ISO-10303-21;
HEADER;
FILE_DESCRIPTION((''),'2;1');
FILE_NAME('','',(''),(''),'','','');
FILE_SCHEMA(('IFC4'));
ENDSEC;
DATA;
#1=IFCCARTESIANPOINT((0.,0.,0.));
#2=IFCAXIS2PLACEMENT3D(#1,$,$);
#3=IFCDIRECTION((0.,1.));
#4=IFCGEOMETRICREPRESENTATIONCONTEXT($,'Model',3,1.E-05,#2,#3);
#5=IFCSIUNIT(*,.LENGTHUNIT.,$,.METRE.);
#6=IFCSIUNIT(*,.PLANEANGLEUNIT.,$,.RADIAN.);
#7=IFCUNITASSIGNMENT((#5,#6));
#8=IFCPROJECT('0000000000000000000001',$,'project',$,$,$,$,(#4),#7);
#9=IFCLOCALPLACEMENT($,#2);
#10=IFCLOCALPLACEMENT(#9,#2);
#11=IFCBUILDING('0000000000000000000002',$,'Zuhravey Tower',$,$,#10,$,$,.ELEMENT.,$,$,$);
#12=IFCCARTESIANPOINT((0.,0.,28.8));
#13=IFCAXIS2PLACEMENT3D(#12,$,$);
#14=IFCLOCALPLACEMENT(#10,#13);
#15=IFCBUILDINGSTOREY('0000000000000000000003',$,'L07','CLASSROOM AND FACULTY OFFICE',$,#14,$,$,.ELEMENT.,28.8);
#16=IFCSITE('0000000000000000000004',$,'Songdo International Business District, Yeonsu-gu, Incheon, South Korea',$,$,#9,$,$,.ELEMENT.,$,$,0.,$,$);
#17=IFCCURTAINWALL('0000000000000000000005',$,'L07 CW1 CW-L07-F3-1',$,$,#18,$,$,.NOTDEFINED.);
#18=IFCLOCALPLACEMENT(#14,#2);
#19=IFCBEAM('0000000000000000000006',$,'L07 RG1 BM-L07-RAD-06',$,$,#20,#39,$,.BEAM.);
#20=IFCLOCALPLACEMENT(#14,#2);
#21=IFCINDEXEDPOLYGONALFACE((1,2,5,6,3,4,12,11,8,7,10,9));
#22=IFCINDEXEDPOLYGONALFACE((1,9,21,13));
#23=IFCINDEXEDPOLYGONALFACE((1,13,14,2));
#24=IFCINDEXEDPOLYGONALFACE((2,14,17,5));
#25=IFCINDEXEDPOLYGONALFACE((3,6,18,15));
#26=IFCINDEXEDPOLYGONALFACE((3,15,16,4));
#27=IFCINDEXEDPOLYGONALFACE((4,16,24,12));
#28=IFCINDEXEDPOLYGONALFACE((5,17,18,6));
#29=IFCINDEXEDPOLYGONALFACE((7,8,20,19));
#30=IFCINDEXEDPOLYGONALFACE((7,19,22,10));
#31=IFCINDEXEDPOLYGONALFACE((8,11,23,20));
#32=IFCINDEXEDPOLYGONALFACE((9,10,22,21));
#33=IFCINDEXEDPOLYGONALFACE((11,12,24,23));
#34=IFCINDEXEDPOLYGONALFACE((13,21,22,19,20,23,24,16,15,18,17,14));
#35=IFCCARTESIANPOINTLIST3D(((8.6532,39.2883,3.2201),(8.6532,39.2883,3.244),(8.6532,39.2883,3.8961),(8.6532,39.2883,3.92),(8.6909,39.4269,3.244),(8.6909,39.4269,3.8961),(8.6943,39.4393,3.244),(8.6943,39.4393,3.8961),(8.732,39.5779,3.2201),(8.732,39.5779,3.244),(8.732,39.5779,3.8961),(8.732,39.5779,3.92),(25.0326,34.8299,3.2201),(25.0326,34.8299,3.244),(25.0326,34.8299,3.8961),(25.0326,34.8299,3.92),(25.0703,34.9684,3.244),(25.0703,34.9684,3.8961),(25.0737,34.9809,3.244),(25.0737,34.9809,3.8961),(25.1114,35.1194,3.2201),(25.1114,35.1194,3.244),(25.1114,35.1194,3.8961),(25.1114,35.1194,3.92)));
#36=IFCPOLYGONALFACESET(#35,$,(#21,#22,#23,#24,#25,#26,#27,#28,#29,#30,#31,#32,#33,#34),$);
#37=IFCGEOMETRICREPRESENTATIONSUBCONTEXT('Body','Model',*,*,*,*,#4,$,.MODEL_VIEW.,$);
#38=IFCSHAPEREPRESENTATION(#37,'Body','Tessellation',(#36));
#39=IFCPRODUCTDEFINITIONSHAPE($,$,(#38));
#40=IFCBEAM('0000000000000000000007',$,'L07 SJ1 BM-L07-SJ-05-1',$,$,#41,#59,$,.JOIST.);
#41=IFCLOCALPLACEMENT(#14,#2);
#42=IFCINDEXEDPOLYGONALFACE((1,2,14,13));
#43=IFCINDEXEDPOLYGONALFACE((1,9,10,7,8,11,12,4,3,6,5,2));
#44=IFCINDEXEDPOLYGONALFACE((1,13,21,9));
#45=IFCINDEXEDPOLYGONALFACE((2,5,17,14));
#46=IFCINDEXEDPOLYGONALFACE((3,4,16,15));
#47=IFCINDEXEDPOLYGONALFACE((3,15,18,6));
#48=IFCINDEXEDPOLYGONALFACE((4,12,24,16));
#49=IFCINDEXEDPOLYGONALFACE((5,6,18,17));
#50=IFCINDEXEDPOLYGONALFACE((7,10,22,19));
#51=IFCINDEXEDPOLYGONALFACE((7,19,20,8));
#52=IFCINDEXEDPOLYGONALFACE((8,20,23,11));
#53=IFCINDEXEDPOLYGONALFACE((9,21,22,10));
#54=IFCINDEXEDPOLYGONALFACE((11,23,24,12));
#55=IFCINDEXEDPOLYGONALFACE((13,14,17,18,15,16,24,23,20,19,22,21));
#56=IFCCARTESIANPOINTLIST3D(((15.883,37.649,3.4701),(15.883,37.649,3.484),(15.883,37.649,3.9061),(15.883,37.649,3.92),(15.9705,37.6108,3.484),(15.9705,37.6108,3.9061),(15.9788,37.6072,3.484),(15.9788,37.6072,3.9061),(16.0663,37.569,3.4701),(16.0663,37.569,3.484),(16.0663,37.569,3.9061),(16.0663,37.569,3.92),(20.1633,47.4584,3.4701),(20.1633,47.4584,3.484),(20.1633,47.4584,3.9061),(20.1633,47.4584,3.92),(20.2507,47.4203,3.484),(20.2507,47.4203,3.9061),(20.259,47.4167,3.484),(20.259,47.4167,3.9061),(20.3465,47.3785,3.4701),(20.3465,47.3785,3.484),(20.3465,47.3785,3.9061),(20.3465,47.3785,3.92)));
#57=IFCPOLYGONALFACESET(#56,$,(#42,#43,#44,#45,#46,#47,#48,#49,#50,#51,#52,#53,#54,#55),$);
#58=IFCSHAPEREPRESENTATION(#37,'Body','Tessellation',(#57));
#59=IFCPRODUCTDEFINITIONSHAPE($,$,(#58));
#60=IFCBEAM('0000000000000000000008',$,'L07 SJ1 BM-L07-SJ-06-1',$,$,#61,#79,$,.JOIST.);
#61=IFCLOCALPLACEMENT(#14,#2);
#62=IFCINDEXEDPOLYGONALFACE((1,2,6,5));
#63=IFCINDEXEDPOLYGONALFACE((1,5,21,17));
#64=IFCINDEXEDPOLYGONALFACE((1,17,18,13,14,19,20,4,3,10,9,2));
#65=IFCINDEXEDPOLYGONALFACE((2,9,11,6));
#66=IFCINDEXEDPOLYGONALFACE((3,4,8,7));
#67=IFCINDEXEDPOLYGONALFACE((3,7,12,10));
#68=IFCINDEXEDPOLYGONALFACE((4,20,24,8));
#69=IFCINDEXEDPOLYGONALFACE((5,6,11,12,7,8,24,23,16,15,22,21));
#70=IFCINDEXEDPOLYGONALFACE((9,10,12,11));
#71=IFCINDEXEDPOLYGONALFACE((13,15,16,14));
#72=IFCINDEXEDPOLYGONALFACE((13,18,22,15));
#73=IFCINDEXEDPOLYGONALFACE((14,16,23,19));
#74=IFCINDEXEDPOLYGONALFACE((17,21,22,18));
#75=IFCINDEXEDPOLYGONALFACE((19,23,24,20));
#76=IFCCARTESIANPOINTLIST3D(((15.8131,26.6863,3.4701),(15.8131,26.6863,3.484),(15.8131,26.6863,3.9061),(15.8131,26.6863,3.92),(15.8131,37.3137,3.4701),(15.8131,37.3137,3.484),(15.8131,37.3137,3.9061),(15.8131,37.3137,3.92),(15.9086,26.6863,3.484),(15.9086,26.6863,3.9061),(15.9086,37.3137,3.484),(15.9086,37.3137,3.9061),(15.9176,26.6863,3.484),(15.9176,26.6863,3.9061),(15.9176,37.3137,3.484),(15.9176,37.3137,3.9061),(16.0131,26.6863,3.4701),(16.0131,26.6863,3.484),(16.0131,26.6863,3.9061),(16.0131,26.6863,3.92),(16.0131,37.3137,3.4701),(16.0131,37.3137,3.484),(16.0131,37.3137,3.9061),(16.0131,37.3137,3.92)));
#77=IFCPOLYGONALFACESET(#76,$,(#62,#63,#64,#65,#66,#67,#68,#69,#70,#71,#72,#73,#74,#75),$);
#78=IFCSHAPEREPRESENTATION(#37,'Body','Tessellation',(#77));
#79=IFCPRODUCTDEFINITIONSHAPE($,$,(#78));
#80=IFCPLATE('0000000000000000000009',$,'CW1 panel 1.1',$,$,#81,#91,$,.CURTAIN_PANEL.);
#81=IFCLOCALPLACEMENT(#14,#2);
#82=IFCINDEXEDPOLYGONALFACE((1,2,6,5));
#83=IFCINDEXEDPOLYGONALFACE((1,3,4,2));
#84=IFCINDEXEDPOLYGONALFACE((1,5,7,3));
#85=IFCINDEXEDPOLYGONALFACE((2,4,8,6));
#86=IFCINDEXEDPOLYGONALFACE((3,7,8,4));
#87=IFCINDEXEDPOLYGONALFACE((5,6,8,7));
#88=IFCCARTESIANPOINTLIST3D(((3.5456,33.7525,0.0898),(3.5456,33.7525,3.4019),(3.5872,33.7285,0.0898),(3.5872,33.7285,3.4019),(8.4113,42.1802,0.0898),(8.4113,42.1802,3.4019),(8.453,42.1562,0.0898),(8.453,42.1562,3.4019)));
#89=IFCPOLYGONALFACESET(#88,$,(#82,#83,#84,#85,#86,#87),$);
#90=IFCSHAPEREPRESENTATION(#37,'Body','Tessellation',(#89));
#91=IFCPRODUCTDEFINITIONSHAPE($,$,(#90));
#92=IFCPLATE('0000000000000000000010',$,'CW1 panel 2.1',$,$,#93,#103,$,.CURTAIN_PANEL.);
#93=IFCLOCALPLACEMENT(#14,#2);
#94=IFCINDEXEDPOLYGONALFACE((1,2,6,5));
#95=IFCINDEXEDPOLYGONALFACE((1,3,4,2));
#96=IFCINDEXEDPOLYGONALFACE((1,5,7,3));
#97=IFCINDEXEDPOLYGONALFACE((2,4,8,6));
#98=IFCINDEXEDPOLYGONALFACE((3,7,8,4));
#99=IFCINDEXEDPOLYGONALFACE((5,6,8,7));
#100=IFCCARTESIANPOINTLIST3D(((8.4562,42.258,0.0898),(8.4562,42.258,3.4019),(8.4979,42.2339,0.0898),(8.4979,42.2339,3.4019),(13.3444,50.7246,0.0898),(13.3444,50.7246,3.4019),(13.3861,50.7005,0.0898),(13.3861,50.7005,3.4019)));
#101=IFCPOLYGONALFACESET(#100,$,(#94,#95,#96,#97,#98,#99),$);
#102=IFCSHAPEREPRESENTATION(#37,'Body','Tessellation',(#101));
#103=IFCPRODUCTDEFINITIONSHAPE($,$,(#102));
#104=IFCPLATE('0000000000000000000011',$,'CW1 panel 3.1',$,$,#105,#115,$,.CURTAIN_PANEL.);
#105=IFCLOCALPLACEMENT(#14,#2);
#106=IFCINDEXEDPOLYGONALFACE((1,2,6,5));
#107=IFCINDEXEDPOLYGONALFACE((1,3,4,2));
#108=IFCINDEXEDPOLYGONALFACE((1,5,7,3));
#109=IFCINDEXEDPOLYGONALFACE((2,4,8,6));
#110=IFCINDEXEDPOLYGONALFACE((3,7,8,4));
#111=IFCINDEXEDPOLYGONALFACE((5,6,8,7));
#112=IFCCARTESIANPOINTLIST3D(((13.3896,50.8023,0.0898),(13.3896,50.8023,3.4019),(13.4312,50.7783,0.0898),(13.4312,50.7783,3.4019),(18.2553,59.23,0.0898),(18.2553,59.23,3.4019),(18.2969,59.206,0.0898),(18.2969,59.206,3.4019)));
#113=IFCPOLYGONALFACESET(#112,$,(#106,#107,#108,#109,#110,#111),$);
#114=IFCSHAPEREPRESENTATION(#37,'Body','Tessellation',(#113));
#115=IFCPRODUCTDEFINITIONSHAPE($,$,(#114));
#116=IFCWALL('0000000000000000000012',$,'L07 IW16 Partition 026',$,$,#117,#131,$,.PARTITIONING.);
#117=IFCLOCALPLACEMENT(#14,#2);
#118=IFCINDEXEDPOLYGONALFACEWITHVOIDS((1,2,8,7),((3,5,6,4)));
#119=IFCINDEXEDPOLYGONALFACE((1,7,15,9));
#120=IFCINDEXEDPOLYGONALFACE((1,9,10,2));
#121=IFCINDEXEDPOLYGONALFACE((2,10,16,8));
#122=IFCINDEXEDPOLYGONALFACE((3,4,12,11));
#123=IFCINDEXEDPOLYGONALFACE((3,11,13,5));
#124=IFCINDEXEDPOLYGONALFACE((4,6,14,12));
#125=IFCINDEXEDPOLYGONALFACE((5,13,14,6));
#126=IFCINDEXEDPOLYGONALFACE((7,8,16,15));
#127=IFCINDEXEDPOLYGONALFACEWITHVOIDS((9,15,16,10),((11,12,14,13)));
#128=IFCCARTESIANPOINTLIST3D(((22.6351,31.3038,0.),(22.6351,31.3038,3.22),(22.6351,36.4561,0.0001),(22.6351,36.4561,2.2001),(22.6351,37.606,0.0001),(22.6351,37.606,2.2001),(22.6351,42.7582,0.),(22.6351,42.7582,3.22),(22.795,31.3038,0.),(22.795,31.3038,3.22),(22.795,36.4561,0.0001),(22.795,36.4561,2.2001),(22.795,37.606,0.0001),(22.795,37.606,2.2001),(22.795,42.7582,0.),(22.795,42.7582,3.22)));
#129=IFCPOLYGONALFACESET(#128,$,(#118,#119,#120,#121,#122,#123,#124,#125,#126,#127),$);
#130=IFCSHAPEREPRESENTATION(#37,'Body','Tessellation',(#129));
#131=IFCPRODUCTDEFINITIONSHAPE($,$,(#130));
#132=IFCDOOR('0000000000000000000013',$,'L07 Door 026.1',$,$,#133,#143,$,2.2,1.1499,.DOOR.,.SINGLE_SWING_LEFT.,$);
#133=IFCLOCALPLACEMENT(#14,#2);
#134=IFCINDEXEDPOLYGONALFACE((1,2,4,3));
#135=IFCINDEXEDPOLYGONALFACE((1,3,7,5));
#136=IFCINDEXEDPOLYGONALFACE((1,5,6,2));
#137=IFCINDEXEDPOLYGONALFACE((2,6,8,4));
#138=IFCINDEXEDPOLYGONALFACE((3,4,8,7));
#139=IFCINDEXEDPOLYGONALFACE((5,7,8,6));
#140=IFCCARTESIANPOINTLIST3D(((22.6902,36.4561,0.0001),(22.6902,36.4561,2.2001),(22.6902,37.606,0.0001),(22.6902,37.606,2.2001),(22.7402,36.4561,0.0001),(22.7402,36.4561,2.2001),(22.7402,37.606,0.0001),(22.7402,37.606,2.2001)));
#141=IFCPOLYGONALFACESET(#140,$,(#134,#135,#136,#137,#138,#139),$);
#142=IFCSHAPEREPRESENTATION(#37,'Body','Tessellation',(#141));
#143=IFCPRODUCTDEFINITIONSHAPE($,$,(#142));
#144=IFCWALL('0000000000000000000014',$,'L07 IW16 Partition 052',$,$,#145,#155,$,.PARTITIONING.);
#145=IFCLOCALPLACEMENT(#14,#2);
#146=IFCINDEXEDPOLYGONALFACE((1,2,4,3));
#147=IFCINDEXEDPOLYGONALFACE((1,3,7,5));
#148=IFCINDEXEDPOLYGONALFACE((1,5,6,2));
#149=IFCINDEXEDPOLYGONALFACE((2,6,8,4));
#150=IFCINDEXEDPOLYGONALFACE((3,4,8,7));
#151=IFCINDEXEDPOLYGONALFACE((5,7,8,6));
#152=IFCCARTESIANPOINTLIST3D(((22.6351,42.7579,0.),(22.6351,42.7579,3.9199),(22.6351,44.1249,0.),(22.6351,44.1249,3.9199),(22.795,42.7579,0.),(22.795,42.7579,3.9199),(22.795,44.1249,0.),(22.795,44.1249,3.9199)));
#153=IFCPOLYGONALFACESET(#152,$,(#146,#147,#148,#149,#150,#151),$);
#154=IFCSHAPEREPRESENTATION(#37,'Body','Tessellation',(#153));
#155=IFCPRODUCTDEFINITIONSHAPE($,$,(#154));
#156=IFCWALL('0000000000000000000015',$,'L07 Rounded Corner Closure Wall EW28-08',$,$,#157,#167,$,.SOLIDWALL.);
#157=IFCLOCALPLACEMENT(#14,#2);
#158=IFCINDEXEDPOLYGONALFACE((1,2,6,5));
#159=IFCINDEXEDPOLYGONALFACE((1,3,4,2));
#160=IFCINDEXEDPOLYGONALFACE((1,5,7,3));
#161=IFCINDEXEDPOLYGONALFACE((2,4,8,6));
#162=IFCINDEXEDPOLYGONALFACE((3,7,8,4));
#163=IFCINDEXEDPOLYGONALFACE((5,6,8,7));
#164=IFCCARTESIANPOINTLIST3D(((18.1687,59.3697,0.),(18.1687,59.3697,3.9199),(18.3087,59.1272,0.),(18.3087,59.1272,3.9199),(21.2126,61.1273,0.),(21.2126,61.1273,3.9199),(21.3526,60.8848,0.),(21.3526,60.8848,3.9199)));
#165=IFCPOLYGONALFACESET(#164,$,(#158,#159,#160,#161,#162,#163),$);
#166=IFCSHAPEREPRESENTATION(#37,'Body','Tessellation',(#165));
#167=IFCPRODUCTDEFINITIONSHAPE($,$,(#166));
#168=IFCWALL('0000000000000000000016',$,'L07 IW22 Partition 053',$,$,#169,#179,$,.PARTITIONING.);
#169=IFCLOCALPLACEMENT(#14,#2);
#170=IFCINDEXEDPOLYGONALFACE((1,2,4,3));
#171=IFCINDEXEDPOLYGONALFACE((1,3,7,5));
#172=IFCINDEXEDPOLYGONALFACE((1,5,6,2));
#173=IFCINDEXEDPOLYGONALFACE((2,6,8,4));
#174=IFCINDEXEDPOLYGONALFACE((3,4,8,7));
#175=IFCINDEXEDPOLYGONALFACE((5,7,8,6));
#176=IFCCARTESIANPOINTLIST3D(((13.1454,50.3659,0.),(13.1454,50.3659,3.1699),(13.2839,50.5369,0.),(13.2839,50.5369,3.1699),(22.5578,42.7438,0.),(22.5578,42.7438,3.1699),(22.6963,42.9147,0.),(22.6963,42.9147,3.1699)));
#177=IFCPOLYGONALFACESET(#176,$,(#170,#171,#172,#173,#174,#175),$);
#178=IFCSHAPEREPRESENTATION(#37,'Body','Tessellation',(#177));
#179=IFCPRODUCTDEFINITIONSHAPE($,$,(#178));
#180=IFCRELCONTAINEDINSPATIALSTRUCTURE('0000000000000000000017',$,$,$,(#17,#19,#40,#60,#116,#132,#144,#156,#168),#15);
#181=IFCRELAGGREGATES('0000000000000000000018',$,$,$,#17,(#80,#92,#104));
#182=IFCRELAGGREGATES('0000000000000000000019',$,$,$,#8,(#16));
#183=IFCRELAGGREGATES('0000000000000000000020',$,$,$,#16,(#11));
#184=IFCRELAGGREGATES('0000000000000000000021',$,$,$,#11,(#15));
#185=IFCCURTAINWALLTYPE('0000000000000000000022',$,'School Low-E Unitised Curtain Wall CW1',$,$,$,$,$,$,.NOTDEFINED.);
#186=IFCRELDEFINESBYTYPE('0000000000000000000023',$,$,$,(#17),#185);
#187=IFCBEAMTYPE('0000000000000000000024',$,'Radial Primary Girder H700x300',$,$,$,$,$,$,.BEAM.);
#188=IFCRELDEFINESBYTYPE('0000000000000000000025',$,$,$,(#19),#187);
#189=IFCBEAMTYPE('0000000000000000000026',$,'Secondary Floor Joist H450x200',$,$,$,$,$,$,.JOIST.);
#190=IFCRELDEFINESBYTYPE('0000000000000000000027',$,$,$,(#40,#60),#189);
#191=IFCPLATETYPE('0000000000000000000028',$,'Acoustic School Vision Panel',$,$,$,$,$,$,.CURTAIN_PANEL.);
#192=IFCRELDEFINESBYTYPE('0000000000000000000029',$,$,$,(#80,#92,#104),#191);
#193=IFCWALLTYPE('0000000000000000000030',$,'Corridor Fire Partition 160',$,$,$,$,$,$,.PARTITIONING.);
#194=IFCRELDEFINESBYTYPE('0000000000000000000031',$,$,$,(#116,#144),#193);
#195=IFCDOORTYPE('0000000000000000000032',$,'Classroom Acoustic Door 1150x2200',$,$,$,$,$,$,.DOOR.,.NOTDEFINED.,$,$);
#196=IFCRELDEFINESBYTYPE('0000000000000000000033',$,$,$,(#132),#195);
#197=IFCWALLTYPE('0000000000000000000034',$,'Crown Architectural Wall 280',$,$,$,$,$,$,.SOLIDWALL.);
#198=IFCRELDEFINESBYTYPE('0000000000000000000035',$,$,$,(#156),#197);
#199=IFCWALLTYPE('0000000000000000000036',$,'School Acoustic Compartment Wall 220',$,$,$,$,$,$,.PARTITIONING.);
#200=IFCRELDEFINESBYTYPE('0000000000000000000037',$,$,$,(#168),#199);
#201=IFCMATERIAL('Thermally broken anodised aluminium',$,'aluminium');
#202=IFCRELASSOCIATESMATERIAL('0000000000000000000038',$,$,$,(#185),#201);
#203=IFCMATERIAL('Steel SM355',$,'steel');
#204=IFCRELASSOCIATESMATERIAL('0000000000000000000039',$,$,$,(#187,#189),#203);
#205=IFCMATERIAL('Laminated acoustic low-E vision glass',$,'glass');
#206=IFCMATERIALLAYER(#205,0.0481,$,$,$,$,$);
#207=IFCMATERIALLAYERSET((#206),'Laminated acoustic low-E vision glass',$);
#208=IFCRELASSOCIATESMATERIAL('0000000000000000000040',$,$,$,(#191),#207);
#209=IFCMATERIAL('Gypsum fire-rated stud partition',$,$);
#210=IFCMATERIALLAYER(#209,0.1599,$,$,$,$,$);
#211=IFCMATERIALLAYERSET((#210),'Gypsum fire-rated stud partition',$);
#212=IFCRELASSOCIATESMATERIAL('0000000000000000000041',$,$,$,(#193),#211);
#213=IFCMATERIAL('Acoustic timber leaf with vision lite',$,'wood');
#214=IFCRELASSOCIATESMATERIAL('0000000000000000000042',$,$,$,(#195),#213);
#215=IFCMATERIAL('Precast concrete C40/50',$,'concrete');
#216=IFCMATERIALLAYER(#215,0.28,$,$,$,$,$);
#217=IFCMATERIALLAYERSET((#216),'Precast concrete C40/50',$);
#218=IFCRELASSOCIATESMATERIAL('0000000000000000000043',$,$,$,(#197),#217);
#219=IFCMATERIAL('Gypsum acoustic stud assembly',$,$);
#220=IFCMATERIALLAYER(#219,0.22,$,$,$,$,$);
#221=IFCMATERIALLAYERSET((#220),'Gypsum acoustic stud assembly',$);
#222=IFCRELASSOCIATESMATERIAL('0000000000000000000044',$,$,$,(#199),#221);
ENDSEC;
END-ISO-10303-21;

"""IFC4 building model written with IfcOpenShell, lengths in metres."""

from ifc_helpers import new_model, si_unit, direction, frame, frame_2d, origin, origin_2d, place, context, subcontext, project, spatial, rectangle, i_section, extrude, material, layer, layer_set, material_profile, profile_set, type_object, element, fill, aggregate, save


model = new_model("IFC4")

# Units and contexts
model_context = context("Model", 3, precision=1e-05, world=origin(), true_north=direction((0.0, 1.0)))
body_context = subcontext(model_context, "Body", "Model", "MODEL_VIEW")
ifc_project = project(units=[si_unit("LENGTHUNIT", "METRE"), si_unit("PLANEANGLEUNIT", "RADIAN")], contexts=[model_context])

# Site, building, storey
site_placement = place(None, origin())
site = spatial("IfcSite", under=ifc_project, at=site_placement, Name="Songdo International Business District, Yeonsu-gu, Incheon, South Korea", CompositionType="ELEMENT", RefElevation=0.0)
building_placement = place(site_placement, origin())
building = spatial("IfcBuilding", under=site, at=building_placement, Name="Zuhravey Tower", CompositionType="ELEMENT")
storey_placement = place(building_placement, frame((0.0, 0.0, 28.8)))
storey = spatial("IfcBuildingStorey", under=building, at=storey_placement, Name="L07", Description="CLASSROOM AND FACULTY OFFICE", CompositionType="ELEMENT", Elevation=28.8)

# Curtain wall
ifc_material_1 = material(Name="Thermally broken anodised aluminium", Category="aluminium")
curtain_wall_type = type_object("IfcCurtainWallType", Name="School Low-E Unitised Curtain Wall CW1", PredefinedType="NOTDEFINED", material=ifc_material_1)
curtain_wall_1_placement = place(storey_placement, origin())
curtain_wall_1 = element("IfcCurtainWall", 1, at=curtain_wall_1_placement, inside=storey, type_object=curtain_wall_type, Name="L07 CW1 CW-L07-F3-1", PredefinedType="NOTDEFINED")

# Beams
ifc_material_2 = material(Name="Steel SM355", Category="steel")
ifc_material_profile_1 = material_profile(ifc_material_2, i_section(OverallWidth=0.3, OverallDepth=0.7, WebThickness=0.0129, FlangeThickness=0.0239, at=origin_2d()), Name="H-700x300x13x24")
ifc_profile_set_1 = profile_set([ifc_material_profile_1], Name="Steel SM355")
beam_type_1 = type_object("IfcBeamType", Name="Radial Primary Girder H700x300", PredefinedType="BEAM", material=ifc_profile_set_1)
beam_1_placement = place(storey_placement, frame((25.072, 34.9746, 3.5701), z_axis=(-0.964892, 0.262645, 0.0), x_axis=(-0.262645, -0.964892, 0.0)))
element("IfcBeam", 2, at=beam_1_placement, inside=storey, type_object=beam_type_1, Name="L07 RG1 BM-L07-RAD-06", PredefinedType="BEAM", context=body_context, shape_type="SweptSolid", body=[
    extrude(i_section(OverallWidth=0.3, OverallDepth=0.7, WebThickness=0.0129, FlangeThickness=0.0239, at=origin_2d()), origin(), (0.0, 0.0, 1.0), 16.9753),
])
ifc_material_profile_2 = material_profile(ifc_material_2, i_section(OverallWidth=0.2, OverallDepth=0.45, WebThickness=0.009, FlangeThickness=0.0139, at=origin_2d()), Name="H-450x200x9x14")
ifc_profile_set_2 = profile_set([ifc_material_profile_2], Name="Steel SM355")
beam_type_2 = type_object("IfcBeamType", Name="Secondary Floor Joist H450x200", PredefinedType="JOIST", material=ifc_profile_set_2)
beam_2_placement = place(storey_placement, frame((20.2549, 47.4185, 3.6951), z_axis=(-0.399924, -0.916549, 0.0), x_axis=(0.916549, -0.399924, 0.0)))
element("IfcBeam", 3, at=beam_2_placement, inside=storey, type_object=beam_type_2, Name="L07 SJ1 BM-L07-SJ-05-1", PredefinedType="JOIST", context=body_context, shape_type="SweptSolid", body=[
    extrude(i_section(OverallWidth=0.2, OverallDepth=0.45, WebThickness=0.009, FlangeThickness=0.0139, at=origin_2d()), origin(), (0.0, 0.0, 1.0), 10.7026),
])
beam_3_placement = place(storey_placement, frame((15.9131, 37.3137, 3.6951), z_axis=(0.0, -1.0, 0.0), x_axis=(1.0, 0.0, 0.0)))
element("IfcBeam", 4, at=beam_3_placement, inside=storey, type_object=beam_type_2, Name="L07 SJ1 BM-L07-SJ-06-1", PredefinedType="JOIST", context=body_context, shape_type="SweptSolid", body=[
    extrude(i_section(OverallWidth=0.2, OverallDepth=0.45, WebThickness=0.009, FlangeThickness=0.0139, at=origin_2d()), origin(), (0.0, 0.0, 1.0), 10.6274),
])

# Plates
ifc_material_3 = material(Name="Laminated acoustic low-E vision glass", Category="glass")
ifc_layer_1 = layer(ifc_material_3, 0.0481)
ifc_layer_set_1 = layer_set([ifc_layer_1], Name="Laminated acoustic low-E vision glass")
plate_type = type_object("IfcPlateType", Name="Acoustic School Vision Panel", PredefinedType="CURTAIN_PANEL", material=ifc_layer_set_1)
plate_1_placement = place(storey_placement, frame((5.9993, 37.9543, 0.0898), z_axis=(0.0, 0.0, 1.0), x_axis=(0.5, 0.866026, 0.0)))
plate_1 = element("IfcPlate", 5, at=plate_1_placement, type_object=plate_type, Name="CW1 panel 1.1", PredefinedType="CURTAIN_PANEL", context=body_context, shape_type="SweptSolid", body=[
    extrude(rectangle(XDim=9.7314, YDim=0.0481, at=origin_2d()), origin(), (0.0, 0.0, 1.0), 3.312),
])
plate_2_placement = place(storey_placement, frame((10.9211, 46.4792, 0.0898), z_axis=(0.0, 0.0, 1.0), x_axis=(0.5, 0.866026, 0.0)))
plate_2 = element("IfcPlate", 6, at=plate_2_placement, type_object=plate_type, Name="CW1 panel 2.1", PredefinedType="CURTAIN_PANEL", context=body_context, shape_type="SweptSolid", body=[
    extrude(rectangle(XDim=9.7764, YDim=0.0481, at=origin_2d()), origin(), (0.0, 0.0, 1.0), 3.312),
])
plate_3_placement = place(storey_placement, frame((15.8433, 55.0042, 0.0898), z_axis=(0.0, 0.0, 1.0), x_axis=(0.5, 0.866026, 0.0)))
plate_3 = element("IfcPlate", 7, at=plate_3_placement, type_object=plate_type, Name="CW1 panel 3.1", PredefinedType="CURTAIN_PANEL", context=body_context, shape_type="SweptSolid", body=[
    extrude(rectangle(XDim=9.7314, YDim=0.0481, at=origin_2d()), origin(), (0.0, 0.0, 1.0), 3.312),
])
aggregate(curtain_wall_1, [plate_1, plate_2, plate_3])

# Wall, opening, door
ifc_material_4 = material(Name="Gypsum fire-rated stud partition")
ifc_layer_2 = layer(ifc_material_4, 0.1599)
ifc_layer_set_2 = layer_set([ifc_layer_2], Name="Gypsum fire-rated stud partition")
wall_type_1 = type_object("IfcWallType", Name="Corridor Fire Partition 160", PredefinedType="PARTITIONING", material=ifc_layer_set_2)
wall_1_placement = place(storey_placement, frame((22.7151, 42.7581, 0.0), z_axis=(0.0, 0.0, 1.0), x_axis=(0.0, -1.0, 0.0)))
wall_1 = element("IfcWall", 8, at=wall_1_placement, inside=storey, type_object=wall_type_1, Name="L07 IW16 Partition 026", PredefinedType="PARTITIONING", context=body_context, shape_type="SweptSolid", body=[
    extrude(rectangle(XDim=11.4543, YDim=0.1599, at=frame_2d((5.7271, 0.0))), origin(), (0.0, 0.0, 1.0), 3.22),
])
opening_placement = place(wall_1_placement, frame((5.1521, 0.0, 0.0)))
opening = element("IfcOpeningElement", 9, at=opening_placement, cuts=wall_1, PredefinedType="OPENING", context=body_context, shape_type="SweptSolid", body=[
    extrude(rectangle(XDim=1.1499, YDim=2.2, at=frame_2d((0.575, 1.1001))), frame((0.0, 0.092, 0.0), z_axis=(0.0, -1.0, 0.0), x_axis=(1.0, 0.0, 0.0)), (0.0, 0.0, 1.0), 0.1838),
])
ifc_material_5 = material(Name="Acoustic timber leaf with vision lite", Category="wood")
door_type = type_object("IfcDoorType", Name="Classroom Acoustic Door 1150x2200", OperationType="NOTDEFINED", PredefinedType="DOOR", material=ifc_material_5)
door_placement = place(opening_placement, frame((1.1499, 0.0, 0.0), z_axis=(0.0, 0.0, 1.0), x_axis=(-1.0, 0.0, 0.0)))
door = element("IfcDoor", 10, at=door_placement, inside=storey, type_object=door_type, Name="L07 Door 026.1", OperationType="SINGLE_SWING_LEFT", OverallHeight=2.2, OverallWidth=1.1499, PredefinedType="DOOR", context=body_context, shape_type="SweptSolid", body=[
    extrude(rectangle(XDim=1.1499, YDim=2.2, at=frame_2d((0.575, 1.1001))), frame((0.0, 0.0249, 0.0), z_axis=(0.0, -1.0, 0.0), x_axis=(1.0, 0.0, 0.0)), (0.0, 0.0, 1.0), 0.05),
])
fill(opening, door)

# Walls
wall_2_placement = place(storey_placement, frame((22.7151, 44.125, 0.0), z_axis=(0.0, 0.0, 1.0), x_axis=(0.0, -1.0, 0.0)))
element("IfcWall", 11, at=wall_2_placement, inside=storey, type_object=wall_type_1, Name="L07 IW16 Partition 052", PredefinedType="PARTITIONING", context=body_context, shape_type="SweptSolid", body=[
    extrude(rectangle(XDim=1.3669, YDim=0.1599, at=frame_2d((0.6836, 0.0))), origin(), (0.0, 0.0, 1.0), 3.9199),
])
ifc_material_6 = material(Name="Precast concrete C40/50", Category="concrete")
ifc_layer_3 = layer(ifc_material_6, 0.28)
ifc_layer_set_3 = layer_set([ifc_layer_3], Name="Precast concrete C40/50")
wall_type_2 = type_object("IfcWallType", Name="Crown Architectural Wall 280", PredefinedType="SOLIDWALL", material=ifc_layer_set_3)
wall_3_placement = place(storey_placement, frame((18.2388, 59.2485, 0.0), z_axis=(0.0, 0.0, 1.0), x_axis=(0.866007, 0.500031, 0.0)))
element("IfcWall", 12, at=wall_3_placement, inside=storey, type_object=wall_type_2, Name="L07 Rounded Corner Closure Wall EW28-08", PredefinedType="SOLIDWALL", context=body_context, shape_type="SweptSolid", body=[
    extrude(rectangle(XDim=3.5149, YDim=0.28, at=frame_2d((1.7573, 0.0))), origin(), (0.0, 0.0, 1.0), 3.9199),
])
ifc_material_7 = material(Name="Gypsum acoustic stud assembly")
ifc_layer_4 = layer(ifc_material_7, 0.22)
ifc_layer_set_4 = layer_set([ifc_layer_4], Name="Gypsum acoustic stud assembly")
wall_type_3 = type_object("IfcWallType", Name="School Acoustic Compartment Wall 220", PredefinedType="PARTITIONING", material=ifc_layer_set_4)
wall_4_placement = place(storey_placement, frame((22.627, 42.8293, 0.0), z_axis=(0.0, 0.0, 1.0), x_axis=(-0.777142, 0.629325, 0.0)))
element("IfcWall", 13, at=wall_4_placement, inside=storey, type_object=wall_type_3, Name="L07 IW22 Partition 053", PredefinedType="PARTITIONING", context=body_context, shape_type="SweptSolid", body=[
    extrude(rectangle(XDim=12.1116, YDim=0.22, at=frame_2d((6.0557, 0.0))), origin(), (0.0, 0.0, 1.0), 3.1699),
])

save(model, "model.ifc")
